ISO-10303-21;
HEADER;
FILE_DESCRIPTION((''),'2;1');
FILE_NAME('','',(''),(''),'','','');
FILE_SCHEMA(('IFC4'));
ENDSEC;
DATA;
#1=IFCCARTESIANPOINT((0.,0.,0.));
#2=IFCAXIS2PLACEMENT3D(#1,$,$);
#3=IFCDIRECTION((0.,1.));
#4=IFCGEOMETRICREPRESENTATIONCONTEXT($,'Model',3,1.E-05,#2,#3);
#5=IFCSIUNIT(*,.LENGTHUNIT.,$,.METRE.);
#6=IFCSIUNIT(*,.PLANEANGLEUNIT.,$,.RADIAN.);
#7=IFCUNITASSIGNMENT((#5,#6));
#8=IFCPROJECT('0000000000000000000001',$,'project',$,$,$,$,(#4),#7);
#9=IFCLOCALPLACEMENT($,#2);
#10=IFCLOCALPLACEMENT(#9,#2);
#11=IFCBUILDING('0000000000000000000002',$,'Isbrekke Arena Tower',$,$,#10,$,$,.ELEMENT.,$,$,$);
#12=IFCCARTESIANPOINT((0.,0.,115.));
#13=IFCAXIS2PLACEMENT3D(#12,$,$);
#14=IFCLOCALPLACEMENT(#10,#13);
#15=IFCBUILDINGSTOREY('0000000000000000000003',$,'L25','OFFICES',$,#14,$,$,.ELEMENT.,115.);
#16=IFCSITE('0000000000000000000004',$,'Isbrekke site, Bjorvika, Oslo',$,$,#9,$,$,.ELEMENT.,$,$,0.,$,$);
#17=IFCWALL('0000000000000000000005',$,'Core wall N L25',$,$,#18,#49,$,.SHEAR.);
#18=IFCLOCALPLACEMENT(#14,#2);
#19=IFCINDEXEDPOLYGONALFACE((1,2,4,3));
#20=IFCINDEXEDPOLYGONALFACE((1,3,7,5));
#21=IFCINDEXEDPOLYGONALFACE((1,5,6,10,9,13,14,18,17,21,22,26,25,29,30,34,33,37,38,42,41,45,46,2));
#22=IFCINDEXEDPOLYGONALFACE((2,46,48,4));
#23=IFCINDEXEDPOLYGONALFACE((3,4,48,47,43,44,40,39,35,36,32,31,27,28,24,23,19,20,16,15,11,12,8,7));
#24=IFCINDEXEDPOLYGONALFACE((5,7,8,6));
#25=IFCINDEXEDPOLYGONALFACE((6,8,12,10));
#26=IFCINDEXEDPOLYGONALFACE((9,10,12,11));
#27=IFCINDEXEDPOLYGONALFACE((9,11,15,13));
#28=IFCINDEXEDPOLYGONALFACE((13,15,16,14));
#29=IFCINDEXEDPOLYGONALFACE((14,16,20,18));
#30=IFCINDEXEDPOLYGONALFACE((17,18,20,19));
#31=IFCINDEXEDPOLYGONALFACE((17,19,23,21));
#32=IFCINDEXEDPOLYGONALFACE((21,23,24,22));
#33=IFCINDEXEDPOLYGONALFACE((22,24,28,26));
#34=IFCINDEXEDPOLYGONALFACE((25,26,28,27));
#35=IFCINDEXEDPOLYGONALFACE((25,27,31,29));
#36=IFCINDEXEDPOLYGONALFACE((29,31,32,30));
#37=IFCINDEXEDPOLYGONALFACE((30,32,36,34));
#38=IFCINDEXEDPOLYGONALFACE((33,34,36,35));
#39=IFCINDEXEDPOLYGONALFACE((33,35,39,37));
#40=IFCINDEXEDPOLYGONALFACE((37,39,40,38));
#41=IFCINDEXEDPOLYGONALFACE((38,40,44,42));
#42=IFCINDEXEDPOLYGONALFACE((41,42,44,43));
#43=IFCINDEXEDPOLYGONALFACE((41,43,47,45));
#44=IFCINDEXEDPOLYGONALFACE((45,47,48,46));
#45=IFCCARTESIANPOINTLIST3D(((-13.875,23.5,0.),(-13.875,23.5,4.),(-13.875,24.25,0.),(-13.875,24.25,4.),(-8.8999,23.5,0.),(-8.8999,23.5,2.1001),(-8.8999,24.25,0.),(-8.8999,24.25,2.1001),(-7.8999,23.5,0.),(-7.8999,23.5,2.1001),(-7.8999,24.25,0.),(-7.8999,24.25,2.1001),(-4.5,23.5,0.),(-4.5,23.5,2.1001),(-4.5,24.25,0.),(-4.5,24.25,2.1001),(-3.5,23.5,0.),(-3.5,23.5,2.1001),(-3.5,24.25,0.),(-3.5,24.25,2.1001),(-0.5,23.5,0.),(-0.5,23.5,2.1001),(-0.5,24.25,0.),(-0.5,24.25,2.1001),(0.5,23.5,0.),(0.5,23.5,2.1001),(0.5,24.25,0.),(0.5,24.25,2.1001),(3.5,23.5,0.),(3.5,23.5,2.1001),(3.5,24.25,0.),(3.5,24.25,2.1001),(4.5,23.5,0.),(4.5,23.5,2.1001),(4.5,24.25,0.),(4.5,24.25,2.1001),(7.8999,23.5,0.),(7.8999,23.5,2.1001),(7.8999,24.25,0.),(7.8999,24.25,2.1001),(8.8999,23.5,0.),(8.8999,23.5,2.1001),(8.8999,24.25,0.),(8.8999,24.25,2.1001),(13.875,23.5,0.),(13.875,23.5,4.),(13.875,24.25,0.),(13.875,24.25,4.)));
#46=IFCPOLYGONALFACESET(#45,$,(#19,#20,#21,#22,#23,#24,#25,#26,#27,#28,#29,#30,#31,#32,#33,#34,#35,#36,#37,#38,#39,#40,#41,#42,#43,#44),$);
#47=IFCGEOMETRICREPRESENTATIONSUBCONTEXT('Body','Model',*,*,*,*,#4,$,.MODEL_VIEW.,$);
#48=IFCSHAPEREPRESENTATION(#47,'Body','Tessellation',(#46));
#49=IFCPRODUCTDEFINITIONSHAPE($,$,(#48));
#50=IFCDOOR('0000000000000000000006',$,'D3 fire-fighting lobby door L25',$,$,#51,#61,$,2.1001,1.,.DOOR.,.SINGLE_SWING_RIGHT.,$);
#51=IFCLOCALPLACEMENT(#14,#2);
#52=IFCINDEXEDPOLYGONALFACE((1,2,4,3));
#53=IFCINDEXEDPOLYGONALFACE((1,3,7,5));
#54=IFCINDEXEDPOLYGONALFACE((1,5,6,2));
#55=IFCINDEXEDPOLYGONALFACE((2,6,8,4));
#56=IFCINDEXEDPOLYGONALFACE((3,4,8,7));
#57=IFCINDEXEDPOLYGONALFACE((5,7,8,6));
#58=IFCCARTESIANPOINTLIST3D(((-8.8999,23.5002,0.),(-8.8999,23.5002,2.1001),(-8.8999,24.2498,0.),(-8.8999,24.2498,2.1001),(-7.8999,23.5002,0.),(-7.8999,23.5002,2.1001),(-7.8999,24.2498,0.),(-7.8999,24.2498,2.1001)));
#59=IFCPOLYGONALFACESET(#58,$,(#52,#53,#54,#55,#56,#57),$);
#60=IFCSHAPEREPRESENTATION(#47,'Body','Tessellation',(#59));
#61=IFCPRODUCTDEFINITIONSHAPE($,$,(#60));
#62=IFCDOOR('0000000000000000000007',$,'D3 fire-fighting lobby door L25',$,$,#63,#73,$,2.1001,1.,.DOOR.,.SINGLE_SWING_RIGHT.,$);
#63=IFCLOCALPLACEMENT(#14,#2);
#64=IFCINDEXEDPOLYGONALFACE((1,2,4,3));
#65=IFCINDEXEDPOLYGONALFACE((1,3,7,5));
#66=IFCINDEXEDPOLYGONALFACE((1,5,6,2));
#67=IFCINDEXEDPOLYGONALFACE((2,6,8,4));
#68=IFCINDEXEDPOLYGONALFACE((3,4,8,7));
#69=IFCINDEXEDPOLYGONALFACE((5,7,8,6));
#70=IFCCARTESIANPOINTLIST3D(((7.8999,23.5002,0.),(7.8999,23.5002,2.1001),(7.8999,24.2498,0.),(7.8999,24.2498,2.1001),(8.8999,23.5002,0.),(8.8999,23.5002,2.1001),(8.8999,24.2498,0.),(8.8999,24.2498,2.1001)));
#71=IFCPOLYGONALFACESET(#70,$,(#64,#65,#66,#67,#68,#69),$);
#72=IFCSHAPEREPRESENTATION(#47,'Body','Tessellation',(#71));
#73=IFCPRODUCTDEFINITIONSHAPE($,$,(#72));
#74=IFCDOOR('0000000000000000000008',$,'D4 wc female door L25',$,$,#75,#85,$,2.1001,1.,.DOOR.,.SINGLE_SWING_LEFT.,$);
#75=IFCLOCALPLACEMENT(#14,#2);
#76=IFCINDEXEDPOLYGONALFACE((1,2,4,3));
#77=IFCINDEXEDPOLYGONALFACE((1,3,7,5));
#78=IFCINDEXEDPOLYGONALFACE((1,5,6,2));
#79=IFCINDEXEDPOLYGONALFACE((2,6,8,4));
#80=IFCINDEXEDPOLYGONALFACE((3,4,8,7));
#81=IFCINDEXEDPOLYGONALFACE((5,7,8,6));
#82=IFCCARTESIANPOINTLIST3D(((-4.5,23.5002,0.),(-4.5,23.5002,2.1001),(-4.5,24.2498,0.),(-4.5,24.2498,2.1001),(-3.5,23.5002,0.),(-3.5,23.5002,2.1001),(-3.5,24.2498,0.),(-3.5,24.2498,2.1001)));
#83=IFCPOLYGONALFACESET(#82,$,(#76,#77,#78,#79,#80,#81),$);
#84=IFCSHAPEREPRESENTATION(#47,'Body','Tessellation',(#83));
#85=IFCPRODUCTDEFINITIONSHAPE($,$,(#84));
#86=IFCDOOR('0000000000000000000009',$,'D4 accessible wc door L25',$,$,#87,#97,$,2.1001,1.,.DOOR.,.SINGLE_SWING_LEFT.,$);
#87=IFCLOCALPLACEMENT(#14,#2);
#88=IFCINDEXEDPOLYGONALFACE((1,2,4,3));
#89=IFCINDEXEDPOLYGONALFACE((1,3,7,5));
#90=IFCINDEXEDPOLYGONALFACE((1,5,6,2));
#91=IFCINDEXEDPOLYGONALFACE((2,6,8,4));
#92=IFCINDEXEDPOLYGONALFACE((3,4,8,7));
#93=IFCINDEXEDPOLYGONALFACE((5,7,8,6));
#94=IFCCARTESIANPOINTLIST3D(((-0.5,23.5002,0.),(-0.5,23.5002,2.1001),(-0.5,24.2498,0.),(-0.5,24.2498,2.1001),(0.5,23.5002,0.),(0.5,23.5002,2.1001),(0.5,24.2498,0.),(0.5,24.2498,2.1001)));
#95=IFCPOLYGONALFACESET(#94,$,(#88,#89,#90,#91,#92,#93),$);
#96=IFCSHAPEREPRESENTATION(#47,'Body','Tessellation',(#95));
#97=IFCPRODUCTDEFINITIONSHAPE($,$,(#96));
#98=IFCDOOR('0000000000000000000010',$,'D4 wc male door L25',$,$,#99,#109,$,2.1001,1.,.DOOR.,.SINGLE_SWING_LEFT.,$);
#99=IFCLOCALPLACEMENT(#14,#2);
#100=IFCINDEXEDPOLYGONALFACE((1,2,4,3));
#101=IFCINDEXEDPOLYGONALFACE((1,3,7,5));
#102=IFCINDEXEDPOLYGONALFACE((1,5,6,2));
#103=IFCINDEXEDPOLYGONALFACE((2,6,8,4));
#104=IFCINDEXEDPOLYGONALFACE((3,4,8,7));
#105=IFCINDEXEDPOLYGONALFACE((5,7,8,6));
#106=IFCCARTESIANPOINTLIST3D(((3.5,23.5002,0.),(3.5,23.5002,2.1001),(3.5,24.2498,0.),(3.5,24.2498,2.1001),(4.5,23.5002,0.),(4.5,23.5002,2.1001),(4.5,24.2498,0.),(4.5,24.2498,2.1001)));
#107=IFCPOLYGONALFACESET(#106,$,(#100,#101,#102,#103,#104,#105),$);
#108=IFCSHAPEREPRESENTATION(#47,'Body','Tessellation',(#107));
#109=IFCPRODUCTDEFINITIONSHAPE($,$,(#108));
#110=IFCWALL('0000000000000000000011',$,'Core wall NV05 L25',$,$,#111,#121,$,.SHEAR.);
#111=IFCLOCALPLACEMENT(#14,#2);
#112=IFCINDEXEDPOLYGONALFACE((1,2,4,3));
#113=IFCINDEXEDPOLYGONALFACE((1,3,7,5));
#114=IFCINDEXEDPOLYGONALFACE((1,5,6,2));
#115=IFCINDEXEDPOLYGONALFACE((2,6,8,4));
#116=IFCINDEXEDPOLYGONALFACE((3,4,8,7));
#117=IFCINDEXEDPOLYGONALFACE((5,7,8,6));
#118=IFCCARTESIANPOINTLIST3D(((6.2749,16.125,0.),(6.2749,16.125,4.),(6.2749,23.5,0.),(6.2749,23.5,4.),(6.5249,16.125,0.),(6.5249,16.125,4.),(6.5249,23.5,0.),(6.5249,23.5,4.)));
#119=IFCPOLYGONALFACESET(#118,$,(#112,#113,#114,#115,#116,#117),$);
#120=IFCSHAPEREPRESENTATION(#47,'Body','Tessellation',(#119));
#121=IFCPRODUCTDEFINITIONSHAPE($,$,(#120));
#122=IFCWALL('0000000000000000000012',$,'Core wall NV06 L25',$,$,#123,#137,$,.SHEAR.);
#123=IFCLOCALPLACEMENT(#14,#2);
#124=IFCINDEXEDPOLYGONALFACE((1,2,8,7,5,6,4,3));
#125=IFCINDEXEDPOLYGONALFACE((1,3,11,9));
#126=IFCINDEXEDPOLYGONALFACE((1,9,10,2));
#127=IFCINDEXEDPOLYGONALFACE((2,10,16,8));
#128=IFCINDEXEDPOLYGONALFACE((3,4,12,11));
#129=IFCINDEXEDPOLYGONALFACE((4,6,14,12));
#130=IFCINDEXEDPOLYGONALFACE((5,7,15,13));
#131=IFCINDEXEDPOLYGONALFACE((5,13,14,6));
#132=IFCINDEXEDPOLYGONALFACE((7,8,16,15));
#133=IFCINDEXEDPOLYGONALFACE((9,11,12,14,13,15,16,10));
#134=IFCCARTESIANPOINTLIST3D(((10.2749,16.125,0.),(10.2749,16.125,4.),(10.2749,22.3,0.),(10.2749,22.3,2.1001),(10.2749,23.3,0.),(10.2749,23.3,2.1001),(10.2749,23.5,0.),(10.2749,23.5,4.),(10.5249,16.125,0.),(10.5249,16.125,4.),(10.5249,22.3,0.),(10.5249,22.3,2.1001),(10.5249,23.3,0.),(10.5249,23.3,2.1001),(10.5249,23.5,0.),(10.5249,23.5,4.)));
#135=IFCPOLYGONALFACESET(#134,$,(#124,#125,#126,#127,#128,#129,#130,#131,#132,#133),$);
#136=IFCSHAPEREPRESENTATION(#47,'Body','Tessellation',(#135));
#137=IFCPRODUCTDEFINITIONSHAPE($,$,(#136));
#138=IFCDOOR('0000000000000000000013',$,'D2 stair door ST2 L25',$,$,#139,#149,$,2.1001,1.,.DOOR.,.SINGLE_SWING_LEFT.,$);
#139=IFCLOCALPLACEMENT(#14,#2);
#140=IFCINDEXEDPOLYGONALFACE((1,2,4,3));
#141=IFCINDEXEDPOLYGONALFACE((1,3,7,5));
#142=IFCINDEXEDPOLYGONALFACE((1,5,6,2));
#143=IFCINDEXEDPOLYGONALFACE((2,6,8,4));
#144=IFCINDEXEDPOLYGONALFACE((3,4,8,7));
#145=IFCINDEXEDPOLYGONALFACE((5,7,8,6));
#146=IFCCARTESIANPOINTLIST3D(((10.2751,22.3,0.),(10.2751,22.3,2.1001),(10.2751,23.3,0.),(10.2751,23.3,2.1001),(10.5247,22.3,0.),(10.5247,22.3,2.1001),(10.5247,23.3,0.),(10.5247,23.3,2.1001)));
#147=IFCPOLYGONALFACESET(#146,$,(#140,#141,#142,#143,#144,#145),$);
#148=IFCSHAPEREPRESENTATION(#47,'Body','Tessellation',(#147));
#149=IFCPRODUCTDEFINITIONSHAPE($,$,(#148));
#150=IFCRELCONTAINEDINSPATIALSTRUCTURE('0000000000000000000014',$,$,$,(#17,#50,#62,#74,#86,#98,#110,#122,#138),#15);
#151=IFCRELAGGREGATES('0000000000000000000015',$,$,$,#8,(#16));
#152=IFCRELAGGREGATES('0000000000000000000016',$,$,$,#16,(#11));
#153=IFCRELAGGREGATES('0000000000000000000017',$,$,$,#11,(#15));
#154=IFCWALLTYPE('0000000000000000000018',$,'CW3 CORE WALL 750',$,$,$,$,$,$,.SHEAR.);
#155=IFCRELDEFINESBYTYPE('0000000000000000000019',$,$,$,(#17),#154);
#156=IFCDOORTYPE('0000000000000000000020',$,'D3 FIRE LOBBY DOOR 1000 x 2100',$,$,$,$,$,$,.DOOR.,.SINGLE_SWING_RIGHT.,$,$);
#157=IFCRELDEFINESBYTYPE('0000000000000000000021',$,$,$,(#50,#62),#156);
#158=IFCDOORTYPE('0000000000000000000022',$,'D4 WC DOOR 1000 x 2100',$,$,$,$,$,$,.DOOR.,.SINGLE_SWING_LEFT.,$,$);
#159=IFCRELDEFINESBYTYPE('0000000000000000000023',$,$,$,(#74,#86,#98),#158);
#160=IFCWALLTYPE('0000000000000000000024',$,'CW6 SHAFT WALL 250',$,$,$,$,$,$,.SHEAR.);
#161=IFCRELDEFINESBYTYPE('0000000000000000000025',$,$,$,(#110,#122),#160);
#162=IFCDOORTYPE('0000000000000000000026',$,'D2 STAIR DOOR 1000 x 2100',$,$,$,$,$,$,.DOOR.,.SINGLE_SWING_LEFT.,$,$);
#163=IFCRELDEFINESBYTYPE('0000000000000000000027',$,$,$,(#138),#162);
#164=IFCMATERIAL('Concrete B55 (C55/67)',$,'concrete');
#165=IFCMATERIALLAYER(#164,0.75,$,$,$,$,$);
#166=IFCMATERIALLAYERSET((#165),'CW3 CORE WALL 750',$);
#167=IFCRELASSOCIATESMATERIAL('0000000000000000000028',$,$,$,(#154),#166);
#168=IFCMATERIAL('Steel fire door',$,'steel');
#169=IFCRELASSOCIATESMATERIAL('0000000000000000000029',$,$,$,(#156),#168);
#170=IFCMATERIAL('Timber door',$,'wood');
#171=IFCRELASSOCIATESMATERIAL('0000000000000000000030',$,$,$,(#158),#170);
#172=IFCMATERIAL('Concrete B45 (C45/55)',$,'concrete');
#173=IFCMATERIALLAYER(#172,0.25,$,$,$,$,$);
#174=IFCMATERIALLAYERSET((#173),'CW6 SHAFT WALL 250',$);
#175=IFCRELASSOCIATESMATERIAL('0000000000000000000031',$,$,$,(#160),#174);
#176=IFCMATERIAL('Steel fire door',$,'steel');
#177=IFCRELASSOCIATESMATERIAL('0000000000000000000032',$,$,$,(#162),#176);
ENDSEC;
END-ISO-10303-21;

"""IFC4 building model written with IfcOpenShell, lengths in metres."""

from ifc_helpers import new_model, si_unit, direction, frame, frame_2d, origin, place, context, subcontext, project, spatial, rectangle, extrude, material, layer, layer_set, type_object, element, fill, save


model = new_model("IFC4")

# Units and contexts
model_context = context("Model", 3, precision=1e-05, world=origin(), true_north=direction((0.0, 1.0)))
body_context = subcontext(model_context, "Body", "Model", "MODEL_VIEW")
ifc_project = project(units=[si_unit("LENGTHUNIT", "METRE"), si_unit("PLANEANGLEUNIT", "RADIAN")], contexts=[model_context])

# Site, building, storey
site_placement = place(None, origin())
site = spatial("IfcSite", under=ifc_project, at=site_placement, Name="Isbrekke site, Bjorvika, Oslo", CompositionType="ELEMENT", RefElevation=0.0)
building_placement = place(site_placement, origin())
building = spatial("IfcBuilding", under=site, at=building_placement, Name="Isbrekke Arena Tower", CompositionType="ELEMENT")
storey_placement = place(building_placement, frame((0.0, 0.0, 115.0)))
storey = spatial("IfcBuildingStorey", under=building, at=storey_placement, Name="L25", Description="OFFICES", CompositionType="ELEMENT", Elevation=115.0)

# Wall, openings, doors
ifc_material_1 = material(Name="Concrete B55 (C55/67)", Category="concrete")
ifc_layer_1 = layer(ifc_material_1, 0.75)
ifc_layer_set_1 = layer_set([ifc_layer_1], Name="CW3 CORE WALL 750")
wall_type_1 = type_object("IfcWallType", Name="CW3 CORE WALL 750", PredefinedType="SHEAR", material=ifc_layer_set_1)
wall_1_placement = place(storey_placement, frame((13.875, 23.875, 0.0), z_axis=(0.0, 0.0, 1.0), x_axis=(-1.0, 0.0, 0.0)))
wall_1 = element("IfcWall", 1, at=wall_1_placement, inside=storey, type_object=wall_type_1, Name="Core wall N L25", PredefinedType="SHEAR", context=body_context, shape_type="SweptSolid", body=[
    extrude(rectangle(XDim=27.75, YDim=0.75, at=frame_2d((13.875, 0.0))), origin(), (0.0, 0.0, 1.0), 4.0),
])
opening_1_placement = place(wall_1_placement, frame((21.7749, 0.0, 0.0)))
opening_1 = element("IfcOpeningElement", 2, at=opening_1_placement, cuts=wall_1, PredefinedType="OPENING", context=body_context, shape_type="SweptSolid", body=[
    extrude(rectangle(XDim=1.0, YDim=2.1001, at=frame_2d((0.5, 1.05))), frame((0.0, 0.3899, 0.0), z_axis=(0.0, -1.0, 0.0), x_axis=(1.0, 0.0, 0.0)), (0.0, 0.0, 1.0), 0.7798),
])
opening_2_placement = place(wall_1_placement, frame((4.9751, 0.0, 0.0)))
opening_2 = element("IfcOpeningElement", 3, at=opening_2_placement, cuts=wall_1, PredefinedType="OPENING", context=body_context, shape_type="SweptSolid", body=[
    extrude(rectangle(XDim=1.0, YDim=2.1001, at=frame_2d((0.5, 1.05))), frame((0.0, 0.3899, 0.0), z_axis=(0.0, -1.0, 0.0), x_axis=(1.0, 0.0, 0.0)), (0.0, 0.0, 1.0), 0.7798),
])
opening_3_placement = place(wall_1_placement, frame((17.375, 0.0, 0.0)))
opening_3 = element("IfcOpeningElement", 4, at=opening_3_placement, cuts=wall_1, PredefinedType="OPENING", context=body_context, shape_type="SweptSolid", body=[
    extrude(rectangle(XDim=1.0, YDim=2.1001, at=frame_2d((0.5, 1.05))), frame((0.0, 0.3899, 0.0), z_axis=(0.0, -1.0, 0.0), x_axis=(1.0, 0.0, 0.0)), (0.0, 0.0, 1.0), 0.7798),
])
opening_4_placement = place(wall_1_placement, frame((13.375, 0.0, 0.0)))
opening_4 = element("IfcOpeningElement", 5, at=opening_4_placement, cuts=wall_1, PredefinedType="OPENING", context=body_context, shape_type="SweptSolid", body=[
    extrude(rectangle(XDim=1.0, YDim=2.1001, at=frame_2d((0.5, 1.05))), frame((0.0, 0.3899, 0.0), z_axis=(0.0, -1.0, 0.0), x_axis=(1.0, 0.0, 0.0)), (0.0, 0.0, 1.0), 0.7798),
])
opening_5_placement = place(wall_1_placement, frame((9.375, 0.0, 0.0)))
opening_5 = element("IfcOpeningElement", 6, at=opening_5_placement, cuts=wall_1, PredefinedType="OPENING", context=body_context, shape_type="SweptSolid", body=[
    extrude(rectangle(XDim=1.0, YDim=2.1001, at=frame_2d((0.5, 1.05))), frame((0.0, 0.3899, 0.0), z_axis=(0.0, -1.0, 0.0), x_axis=(1.0, 0.0, 0.0)), (0.0, 0.0, 1.0), 0.7798),
])
ifc_material_2 = material(Name="Steel fire door", Category="steel")
door_type_1 = type_object("IfcDoorType", Name="D3 FIRE LOBBY DOOR 1000 x 2100", OperationType="SINGLE_SWING_RIGHT", PredefinedType="DOOR", material=ifc_material_2)
door_1_placement = place(opening_1_placement, origin())
door_1 = element("IfcDoor", 7, at=door_1_placement, inside=storey, type_object=door_type_1, Name="D3 fire-fighting lobby door L25", OperationType="SINGLE_SWING_RIGHT", OverallHeight=2.1001, OverallWidth=1.0, PredefinedType="DOOR", context=body_context, shape_type="SweptSolid", body=[
    extrude(rectangle(XDim=1.0, YDim=2.1001, at=frame_2d((0.5, 1.05))), frame((0.0, 0.3748, 0.0), z_axis=(0.0, -1.0, 0.0), x_axis=(1.0, 0.0, 0.0)), (0.0, 0.0, 1.0), 0.7495),
])
fill(opening_1, door_1)
door_2_placement = place(opening_2_placement, origin())
door_2 = element("IfcDoor", 8, at=door_2_placement, inside=storey, type_object=door_type_1, Name="D3 fire-fighting lobby door L25", OperationType="SINGLE_SWING_RIGHT", OverallHeight=2.1001, OverallWidth=1.0, PredefinedType="DOOR", context=body_context, shape_type="SweptSolid", body=[
    extrude(rectangle(XDim=1.0, YDim=2.1001, at=frame_2d((0.5, 1.05))), frame((0.0, 0.3748, 0.0), z_axis=(0.0, -1.0, 0.0), x_axis=(1.0, 0.0, 0.0)), (0.0, 0.0, 1.0), 0.7495),
])
fill(opening_2, door_2)
ifc_material_3 = material(Name="Timber door", Category="wood")
door_type_2 = type_object("IfcDoorType", Name="D4 WC DOOR 1000 x 2100", OperationType="SINGLE_SWING_LEFT", PredefinedType="DOOR", material=ifc_material_3)
door_3_placement = place(opening_3_placement, origin())
door_3 = element("IfcDoor", 9, at=door_3_placement, inside=storey, type_object=door_type_2, Name="D4 wc female door L25", OperationType="SINGLE_SWING_LEFT", OverallHeight=2.1001, OverallWidth=1.0, PredefinedType="DOOR", context=body_context, shape_type="SweptSolid", body=[
    extrude(rectangle(XDim=1.0, YDim=2.1001, at=frame_2d((0.5, 1.05))), frame((0.0, 0.3748, 0.0), z_axis=(0.0, -1.0, 0.0), x_axis=(1.0, 0.0, 0.0)), (0.0, 0.0, 1.0), 0.7495),
])
fill(opening_3, door_3)
door_4_placement = place(opening_4_placement, origin())
door_4 = element("IfcDoor", 10, at=door_4_placement, inside=storey, type_object=door_type_2, Name="D4 accessible wc door L25", OperationType="SINGLE_SWING_LEFT", OverallHeight=2.1001, OverallWidth=1.0, PredefinedType="DOOR", context=body_context, shape_type="SweptSolid", body=[
    extrude(rectangle(XDim=1.0, YDim=2.1001, at=frame_2d((0.5, 1.05))), frame((0.0, 0.3748, 0.0), z_axis=(0.0, -1.0, 0.0), x_axis=(1.0, 0.0, 0.0)), (0.0, 0.0, 1.0), 0.7495),
])
fill(opening_4, door_4)
door_5_placement = place(opening_5_placement, origin())
door_5 = element("IfcDoor", 11, at=door_5_placement, inside=storey, type_object=door_type_2, Name="D4 wc male door L25", OperationType="SINGLE_SWING_LEFT", OverallHeight=2.1001, OverallWidth=1.0, PredefinedType="DOOR", context=body_context, shape_type="SweptSolid", body=[
    extrude(rectangle(XDim=1.0, YDim=2.1001, at=frame_2d((0.5, 1.05))), frame((0.0, 0.3748, 0.0), z_axis=(0.0, -1.0, 0.0), x_axis=(1.0, 0.0, 0.0)), (0.0, 0.0, 1.0), 0.7495),
])
fill(opening_5, door_5)

# Wall
ifc_material_4 = material(Name="Concrete B45 (C45/55)", Category="concrete")
ifc_layer_2 = layer(ifc_material_4, 0.25)
ifc_layer_set_2 = layer_set([ifc_layer_2], Name="CW6 SHAFT WALL 250")
wall_type_2 = type_object("IfcWallType", Name="CW6 SHAFT WALL 250", PredefinedType="SHEAR", material=ifc_layer_set_2)
wall_2_placement = place(storey_placement, frame((6.3999, 16.125, 0.0), z_axis=(0.0, 0.0, 1.0), x_axis=(0.0, 1.0, 0.0)))
element("IfcWall", 12, at=wall_2_placement, inside=storey, type_object=wall_type_2, Name="Core wall NV05 L25", PredefinedType="SHEAR", context=body_context, shape_type="SweptSolid", body=[
    extrude(rectangle(XDim=7.375, YDim=0.25, at=frame_2d((3.6875, 0.0))), origin(), (0.0, 0.0, 1.0), 4.0),
])

# Wall, opening, door
wall_3_placement = place(storey_placement, frame((10.3999, 16.125, 0.0), z_axis=(0.0, 0.0, 1.0), x_axis=(0.0, 1.0, 0.0)))
wall_3 = element("IfcWall", 13, at=wall_3_placement, inside=storey, type_object=wall_type_2, Name="Core wall NV06 L25", PredefinedType="SHEAR", context=body_context, shape_type="SweptSolid", body=[
    extrude(rectangle(XDim=7.375, YDim=0.25, at=frame_2d((3.6875, 0.0))), origin(), (0.0, 0.0, 1.0), 4.0),
])
opening_6_placement = place(wall_3_placement, frame((6.175, 0.0, 0.0)))
opening_6 = element("IfcOpeningElement", 14, at=opening_6_placement, cuts=wall_3, PredefinedType="OPENING", context=body_context, shape_type="SweptSolid", body=[
    extrude(rectangle(XDim=1.0, YDim=2.1001, at=frame_2d((0.5, 1.05))), frame((0.0, 0.1399, 0.0), z_axis=(0.0, -1.0, 0.0), x_axis=(1.0, 0.0, 0.0)), (0.0, 0.0, 1.0), 0.2798),
])
ifc_material_5 = material(Name="Steel fire door", Category="steel")
door_type_3 = type_object("IfcDoorType", Name="D2 STAIR DOOR 1000 x 2100", OperationType="SINGLE_SWING_LEFT", PredefinedType="DOOR", material=ifc_material_5)
door_6_placement = place(opening_6_placement, origin())
door_6 = element("IfcDoor", 15, at=door_6_placement, inside=storey, type_object=door_type_3, Name="D2 stair door ST2 L25", OperationType="SINGLE_SWING_LEFT", OverallHeight=2.1001, OverallWidth=1.0, PredefinedType="DOOR", context=body_context, shape_type="SweptSolid", body=[
    extrude(rectangle(XDim=1.0, YDim=2.1001, at=frame_2d((0.5, 1.05))), frame((0.0, 0.1248, 0.0), z_axis=(0.0, -1.0, 0.0), x_axis=(1.0, 0.0, 0.0)), (0.0, 0.0, 1.0), 0.2495),
])
fill(opening_6, door_6)

save(model, "model.ifc")
